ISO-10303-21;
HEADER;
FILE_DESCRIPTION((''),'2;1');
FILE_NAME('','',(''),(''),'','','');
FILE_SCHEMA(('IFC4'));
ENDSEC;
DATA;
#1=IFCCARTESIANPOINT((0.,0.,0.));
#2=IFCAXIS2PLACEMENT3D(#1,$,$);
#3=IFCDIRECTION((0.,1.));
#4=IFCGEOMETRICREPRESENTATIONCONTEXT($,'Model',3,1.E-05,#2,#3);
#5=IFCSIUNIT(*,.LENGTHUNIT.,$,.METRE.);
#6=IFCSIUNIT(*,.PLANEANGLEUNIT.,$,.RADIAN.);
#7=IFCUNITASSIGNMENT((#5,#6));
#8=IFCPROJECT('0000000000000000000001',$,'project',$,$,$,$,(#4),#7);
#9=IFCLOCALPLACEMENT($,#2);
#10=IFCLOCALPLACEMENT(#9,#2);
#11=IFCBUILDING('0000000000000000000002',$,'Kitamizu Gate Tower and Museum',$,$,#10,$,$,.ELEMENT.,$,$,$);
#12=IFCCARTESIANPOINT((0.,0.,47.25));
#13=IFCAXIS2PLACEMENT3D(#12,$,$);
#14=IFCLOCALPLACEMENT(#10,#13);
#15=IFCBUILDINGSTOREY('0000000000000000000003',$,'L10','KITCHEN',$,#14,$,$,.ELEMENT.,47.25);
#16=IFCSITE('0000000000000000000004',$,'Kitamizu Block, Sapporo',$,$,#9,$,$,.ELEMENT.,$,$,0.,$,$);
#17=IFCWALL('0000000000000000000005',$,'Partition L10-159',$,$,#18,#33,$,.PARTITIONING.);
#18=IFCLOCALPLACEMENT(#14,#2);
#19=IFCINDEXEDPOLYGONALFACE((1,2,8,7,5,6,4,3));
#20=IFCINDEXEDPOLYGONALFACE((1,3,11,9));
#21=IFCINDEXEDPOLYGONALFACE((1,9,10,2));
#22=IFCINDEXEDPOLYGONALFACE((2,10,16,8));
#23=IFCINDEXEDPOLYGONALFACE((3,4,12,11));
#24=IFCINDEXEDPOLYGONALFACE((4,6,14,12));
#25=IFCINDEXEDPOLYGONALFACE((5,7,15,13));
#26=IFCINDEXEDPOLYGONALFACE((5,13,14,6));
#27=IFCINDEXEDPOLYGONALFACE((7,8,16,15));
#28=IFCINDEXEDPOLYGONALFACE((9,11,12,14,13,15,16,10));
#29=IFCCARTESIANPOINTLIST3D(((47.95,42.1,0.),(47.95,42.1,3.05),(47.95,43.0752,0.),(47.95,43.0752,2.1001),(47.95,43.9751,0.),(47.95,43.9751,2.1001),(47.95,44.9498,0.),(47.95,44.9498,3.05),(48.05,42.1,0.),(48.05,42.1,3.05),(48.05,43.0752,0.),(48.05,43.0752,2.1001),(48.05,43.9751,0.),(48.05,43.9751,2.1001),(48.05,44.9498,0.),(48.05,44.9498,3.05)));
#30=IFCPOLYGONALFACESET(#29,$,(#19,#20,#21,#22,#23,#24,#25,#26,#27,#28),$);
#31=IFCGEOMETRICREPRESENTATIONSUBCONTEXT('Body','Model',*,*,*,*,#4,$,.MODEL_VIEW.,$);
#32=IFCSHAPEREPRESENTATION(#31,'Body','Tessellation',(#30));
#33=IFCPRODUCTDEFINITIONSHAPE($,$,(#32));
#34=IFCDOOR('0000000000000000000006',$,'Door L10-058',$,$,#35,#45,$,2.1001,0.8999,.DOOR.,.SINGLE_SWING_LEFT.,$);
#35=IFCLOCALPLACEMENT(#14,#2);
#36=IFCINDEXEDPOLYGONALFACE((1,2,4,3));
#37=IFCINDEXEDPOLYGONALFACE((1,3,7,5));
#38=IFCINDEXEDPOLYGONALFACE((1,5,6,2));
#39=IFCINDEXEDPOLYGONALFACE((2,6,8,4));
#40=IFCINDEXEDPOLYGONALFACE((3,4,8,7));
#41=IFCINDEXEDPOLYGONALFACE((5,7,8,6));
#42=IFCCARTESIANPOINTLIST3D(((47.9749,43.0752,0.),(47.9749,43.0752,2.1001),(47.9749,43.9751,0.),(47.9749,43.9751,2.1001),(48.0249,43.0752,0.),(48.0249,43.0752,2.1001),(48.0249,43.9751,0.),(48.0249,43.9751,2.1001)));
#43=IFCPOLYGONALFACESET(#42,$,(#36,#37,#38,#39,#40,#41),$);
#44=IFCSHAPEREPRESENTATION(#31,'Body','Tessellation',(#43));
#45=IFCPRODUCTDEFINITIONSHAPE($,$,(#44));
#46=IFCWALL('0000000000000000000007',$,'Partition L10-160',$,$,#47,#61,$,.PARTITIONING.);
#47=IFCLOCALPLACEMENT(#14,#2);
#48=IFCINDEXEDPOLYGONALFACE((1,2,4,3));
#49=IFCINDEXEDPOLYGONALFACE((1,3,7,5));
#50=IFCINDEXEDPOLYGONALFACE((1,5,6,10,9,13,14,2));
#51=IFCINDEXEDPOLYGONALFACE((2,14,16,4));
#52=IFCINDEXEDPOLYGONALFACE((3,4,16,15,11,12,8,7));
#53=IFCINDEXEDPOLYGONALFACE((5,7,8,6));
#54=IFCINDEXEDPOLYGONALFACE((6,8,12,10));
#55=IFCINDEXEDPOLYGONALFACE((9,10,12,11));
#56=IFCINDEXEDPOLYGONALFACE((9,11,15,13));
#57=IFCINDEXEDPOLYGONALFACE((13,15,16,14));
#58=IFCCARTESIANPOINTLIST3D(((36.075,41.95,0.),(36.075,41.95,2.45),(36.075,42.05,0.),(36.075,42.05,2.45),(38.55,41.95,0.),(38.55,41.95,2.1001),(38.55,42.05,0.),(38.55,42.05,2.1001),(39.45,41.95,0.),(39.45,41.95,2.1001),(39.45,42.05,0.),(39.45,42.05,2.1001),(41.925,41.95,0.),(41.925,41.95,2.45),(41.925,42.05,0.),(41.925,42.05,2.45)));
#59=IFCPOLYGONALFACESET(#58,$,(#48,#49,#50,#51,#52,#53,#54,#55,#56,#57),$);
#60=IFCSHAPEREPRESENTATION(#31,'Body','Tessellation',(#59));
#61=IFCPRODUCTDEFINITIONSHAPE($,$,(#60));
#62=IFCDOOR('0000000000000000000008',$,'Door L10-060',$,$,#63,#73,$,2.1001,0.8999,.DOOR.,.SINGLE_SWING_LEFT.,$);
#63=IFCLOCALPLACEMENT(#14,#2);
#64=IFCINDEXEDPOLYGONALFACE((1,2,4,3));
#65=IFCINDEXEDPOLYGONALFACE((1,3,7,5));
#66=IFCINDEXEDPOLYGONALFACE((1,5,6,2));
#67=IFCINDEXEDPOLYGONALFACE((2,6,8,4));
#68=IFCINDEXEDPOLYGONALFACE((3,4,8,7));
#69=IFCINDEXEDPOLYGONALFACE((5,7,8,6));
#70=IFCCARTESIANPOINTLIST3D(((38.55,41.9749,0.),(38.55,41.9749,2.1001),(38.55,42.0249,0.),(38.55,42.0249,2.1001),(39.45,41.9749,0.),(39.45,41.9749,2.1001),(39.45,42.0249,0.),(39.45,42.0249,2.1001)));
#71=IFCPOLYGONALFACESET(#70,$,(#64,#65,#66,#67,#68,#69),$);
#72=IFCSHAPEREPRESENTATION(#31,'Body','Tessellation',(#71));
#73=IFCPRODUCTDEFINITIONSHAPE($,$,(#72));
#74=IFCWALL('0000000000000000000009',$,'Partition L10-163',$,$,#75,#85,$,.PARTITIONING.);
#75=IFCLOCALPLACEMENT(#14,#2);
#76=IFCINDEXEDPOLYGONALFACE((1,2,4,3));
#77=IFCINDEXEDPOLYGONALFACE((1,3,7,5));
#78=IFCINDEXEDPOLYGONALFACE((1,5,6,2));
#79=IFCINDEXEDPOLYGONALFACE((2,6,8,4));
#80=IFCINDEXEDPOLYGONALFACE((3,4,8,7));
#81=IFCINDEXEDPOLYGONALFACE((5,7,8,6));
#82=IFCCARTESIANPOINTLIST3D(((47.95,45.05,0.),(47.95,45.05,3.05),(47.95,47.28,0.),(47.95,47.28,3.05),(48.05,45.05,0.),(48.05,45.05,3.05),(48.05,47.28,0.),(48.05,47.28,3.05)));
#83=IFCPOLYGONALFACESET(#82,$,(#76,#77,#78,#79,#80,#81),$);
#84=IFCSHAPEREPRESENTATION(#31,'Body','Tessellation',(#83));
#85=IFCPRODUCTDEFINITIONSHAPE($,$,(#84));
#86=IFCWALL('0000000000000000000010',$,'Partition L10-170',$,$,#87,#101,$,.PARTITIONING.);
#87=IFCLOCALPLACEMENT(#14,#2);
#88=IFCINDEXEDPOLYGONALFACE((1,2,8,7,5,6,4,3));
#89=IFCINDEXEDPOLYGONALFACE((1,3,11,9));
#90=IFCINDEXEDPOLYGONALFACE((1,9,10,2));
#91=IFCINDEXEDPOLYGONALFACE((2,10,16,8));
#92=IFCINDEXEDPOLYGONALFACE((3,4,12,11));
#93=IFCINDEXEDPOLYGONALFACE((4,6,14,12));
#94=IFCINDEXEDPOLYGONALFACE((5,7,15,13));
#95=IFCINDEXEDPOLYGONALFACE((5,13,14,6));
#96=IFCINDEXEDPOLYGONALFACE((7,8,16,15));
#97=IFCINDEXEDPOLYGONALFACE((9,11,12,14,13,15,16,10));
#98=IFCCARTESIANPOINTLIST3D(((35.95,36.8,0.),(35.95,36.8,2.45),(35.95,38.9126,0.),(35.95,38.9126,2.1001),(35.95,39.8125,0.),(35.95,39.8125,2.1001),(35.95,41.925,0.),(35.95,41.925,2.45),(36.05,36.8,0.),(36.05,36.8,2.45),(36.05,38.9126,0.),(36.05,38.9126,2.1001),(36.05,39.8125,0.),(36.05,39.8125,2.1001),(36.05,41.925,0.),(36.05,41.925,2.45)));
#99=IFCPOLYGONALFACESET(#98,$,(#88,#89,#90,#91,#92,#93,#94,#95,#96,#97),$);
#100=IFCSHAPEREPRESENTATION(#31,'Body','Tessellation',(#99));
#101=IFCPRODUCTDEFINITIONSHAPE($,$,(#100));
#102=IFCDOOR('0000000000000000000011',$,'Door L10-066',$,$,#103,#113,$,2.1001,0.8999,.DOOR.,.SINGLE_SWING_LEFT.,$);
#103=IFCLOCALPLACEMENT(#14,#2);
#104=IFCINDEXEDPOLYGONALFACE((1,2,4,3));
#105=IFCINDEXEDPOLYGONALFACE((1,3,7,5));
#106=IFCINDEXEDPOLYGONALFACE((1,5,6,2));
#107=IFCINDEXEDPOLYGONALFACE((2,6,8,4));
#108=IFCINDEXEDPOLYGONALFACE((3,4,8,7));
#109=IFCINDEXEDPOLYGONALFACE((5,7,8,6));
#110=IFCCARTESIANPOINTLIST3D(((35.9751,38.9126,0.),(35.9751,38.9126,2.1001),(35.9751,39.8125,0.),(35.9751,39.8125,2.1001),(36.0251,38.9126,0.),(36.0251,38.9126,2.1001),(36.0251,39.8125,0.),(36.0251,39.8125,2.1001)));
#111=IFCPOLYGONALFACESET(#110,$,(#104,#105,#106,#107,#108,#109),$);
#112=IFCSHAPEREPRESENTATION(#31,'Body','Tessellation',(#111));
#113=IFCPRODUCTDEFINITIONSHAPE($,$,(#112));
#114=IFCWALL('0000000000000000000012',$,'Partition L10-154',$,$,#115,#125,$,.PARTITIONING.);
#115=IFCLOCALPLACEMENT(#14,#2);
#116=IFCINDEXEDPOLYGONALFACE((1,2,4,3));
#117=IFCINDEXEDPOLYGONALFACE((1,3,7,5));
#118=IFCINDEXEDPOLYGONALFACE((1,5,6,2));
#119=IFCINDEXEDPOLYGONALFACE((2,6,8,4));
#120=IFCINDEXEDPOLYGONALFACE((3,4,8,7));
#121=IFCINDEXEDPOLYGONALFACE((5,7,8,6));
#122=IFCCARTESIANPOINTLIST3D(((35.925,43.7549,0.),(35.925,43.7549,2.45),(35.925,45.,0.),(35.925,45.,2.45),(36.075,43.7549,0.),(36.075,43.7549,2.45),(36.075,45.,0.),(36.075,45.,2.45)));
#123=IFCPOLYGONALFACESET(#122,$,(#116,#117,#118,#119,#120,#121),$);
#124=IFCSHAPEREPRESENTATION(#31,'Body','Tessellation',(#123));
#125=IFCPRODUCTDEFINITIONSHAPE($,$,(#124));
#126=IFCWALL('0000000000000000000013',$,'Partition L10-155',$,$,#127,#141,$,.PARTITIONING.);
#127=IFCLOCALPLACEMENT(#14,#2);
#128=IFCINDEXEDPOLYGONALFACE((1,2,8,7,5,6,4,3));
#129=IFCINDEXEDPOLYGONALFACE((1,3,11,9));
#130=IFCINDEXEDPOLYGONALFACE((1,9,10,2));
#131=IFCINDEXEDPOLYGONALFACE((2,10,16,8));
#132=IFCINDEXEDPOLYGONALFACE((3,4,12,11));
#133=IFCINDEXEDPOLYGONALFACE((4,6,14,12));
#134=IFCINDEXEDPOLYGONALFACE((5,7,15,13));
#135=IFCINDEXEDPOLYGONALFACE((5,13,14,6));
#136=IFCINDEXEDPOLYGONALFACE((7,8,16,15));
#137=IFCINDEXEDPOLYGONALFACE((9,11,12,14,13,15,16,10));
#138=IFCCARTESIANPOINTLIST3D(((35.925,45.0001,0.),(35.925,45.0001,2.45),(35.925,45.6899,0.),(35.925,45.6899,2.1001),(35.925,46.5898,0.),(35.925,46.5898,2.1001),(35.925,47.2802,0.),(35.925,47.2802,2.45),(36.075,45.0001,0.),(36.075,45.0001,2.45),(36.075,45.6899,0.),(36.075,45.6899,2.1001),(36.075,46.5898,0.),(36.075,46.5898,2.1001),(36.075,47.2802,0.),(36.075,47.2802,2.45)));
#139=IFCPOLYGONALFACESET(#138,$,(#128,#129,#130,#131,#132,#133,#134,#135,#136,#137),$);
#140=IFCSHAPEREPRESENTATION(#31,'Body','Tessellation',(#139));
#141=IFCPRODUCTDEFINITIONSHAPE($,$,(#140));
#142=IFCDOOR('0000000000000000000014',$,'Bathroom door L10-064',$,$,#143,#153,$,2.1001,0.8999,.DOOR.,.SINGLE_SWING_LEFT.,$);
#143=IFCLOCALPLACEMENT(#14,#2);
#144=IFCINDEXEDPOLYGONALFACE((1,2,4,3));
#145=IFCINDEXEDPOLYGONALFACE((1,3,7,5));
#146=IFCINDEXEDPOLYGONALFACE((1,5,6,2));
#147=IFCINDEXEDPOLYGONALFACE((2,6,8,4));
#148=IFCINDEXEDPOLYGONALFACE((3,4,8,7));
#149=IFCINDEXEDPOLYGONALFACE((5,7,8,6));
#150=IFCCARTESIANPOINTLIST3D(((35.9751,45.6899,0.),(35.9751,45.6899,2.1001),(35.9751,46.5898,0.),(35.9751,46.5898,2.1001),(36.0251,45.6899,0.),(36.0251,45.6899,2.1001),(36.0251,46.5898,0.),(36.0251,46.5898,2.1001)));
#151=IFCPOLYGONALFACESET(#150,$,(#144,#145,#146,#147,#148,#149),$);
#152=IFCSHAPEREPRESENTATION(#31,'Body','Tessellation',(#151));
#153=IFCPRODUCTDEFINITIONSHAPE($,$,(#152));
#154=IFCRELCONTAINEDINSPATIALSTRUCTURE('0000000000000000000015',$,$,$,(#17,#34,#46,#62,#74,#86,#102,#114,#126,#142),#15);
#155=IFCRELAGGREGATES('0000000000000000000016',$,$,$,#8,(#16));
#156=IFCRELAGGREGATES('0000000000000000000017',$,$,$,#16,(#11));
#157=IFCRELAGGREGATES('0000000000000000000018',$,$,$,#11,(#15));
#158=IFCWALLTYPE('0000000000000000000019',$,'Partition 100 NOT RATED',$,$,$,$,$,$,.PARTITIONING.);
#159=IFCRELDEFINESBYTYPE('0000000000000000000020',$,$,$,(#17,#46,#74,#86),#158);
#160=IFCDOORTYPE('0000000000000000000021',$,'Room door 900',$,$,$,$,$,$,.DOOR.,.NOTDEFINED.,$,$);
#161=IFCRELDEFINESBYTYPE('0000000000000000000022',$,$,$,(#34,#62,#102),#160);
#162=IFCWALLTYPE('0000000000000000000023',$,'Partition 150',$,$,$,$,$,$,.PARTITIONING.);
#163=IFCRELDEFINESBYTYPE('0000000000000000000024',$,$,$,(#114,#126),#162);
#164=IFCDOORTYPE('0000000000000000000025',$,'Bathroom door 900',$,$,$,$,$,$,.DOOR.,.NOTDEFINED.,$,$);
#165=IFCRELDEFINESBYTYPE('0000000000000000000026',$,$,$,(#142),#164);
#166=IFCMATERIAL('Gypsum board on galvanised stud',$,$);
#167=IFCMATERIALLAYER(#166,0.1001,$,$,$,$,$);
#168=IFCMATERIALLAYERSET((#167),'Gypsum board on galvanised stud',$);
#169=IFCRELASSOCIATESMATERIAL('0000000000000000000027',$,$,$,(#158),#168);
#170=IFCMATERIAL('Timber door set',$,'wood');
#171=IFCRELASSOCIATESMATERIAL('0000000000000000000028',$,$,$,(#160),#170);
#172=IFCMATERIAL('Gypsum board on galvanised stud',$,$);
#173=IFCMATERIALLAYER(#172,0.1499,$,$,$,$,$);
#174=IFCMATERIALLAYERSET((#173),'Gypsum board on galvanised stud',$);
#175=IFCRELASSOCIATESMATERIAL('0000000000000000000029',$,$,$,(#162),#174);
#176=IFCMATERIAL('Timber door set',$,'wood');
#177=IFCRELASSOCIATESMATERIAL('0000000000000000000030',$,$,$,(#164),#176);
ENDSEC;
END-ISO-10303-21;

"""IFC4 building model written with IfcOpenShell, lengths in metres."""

from ifc_helpers import new_model, si_unit, direction, frame, frame_2d, origin, place, context, subcontext, project, spatial, rectangle, extrude, material, layer, layer_set, type_object, element, fill, save


model = new_model("IFC4")

# Units and contexts
model_context = context("Model", 3, precision=1e-05, world=origin(), true_north=direction((0.0, 1.0)))
body_context = subcontext(model_context, "Body", "Model", "MODEL_VIEW")
ifc_project = project(units=[si_unit("LENGTHUNIT", "METRE"), si_unit("PLANEANGLEUNIT", "RADIAN")], contexts=[model_context])

# Site, building, storey
site_placement = place(None, origin())
site = spatial("IfcSite", under=ifc_project, at=site_placement, Name="Kitamizu Block, Sapporo", CompositionType="ELEMENT", RefElevation=0.0)
building_placement = place(site_placement, origin())
building = spatial("IfcBuilding", under=site, at=building_placement, Name="Kitamizu Gate Tower and Museum", CompositionType="ELEMENT")
storey_placement = place(building_placement, frame((0.0, 0.0, 47.25)))
storey = spatial("IfcBuildingStorey", under=building, at=storey_placement, Name="L10", Description="KITCHEN", CompositionType="ELEMENT", Elevation=47.25)

# Walls, openings, doors
ifc_material_1 = material(Name="Gypsum board on galvanised stud")
ifc_layer_1 = layer(ifc_material_1, 0.1001)
ifc_layer_set_1 = layer_set([ifc_layer_1], Name="Gypsum board on galvanised stud")
wall_type_1 = type_object("IfcWallType", Name="Partition 100 NOT RATED", PredefinedType="PARTITIONING", material=ifc_layer_set_1)
ifc_material_2 = material(Name="Timber door set", Category="wood")
door_type_1 = type_object("IfcDoorType", Name="Room door 900", OperationType="NOTDEFINED", PredefinedType="DOOR", material=ifc_material_2)
wall_1_placement = place(storey_placement, frame((48.0, 42.1001, 0.0), z_axis=(0.0, 0.0, 1.0), x_axis=(0.0, 1.0, 0.0)))
wall_1 = element("IfcWall", 1, at=wall_1_placement, inside=storey, type_object=wall_type_1, Name="Partition L10-159", PredefinedType="PARTITIONING", context=body_context, shape_type="SweptSolid", body=[
    extrude(rectangle(XDim=2.8499, YDim=0.1001, at=frame_2d((1.4248, 0.0))), origin(), (0.0, 0.0, 1.0), 3.05),
])
opening_1_placement = place(wall_1_placement, frame((0.9751, 0.0, 0.0)))
opening_1 = element("IfcOpeningElement", 2, at=opening_1_placement, cuts=wall_1, PredefinedType="OPENING", context=body_context, shape_type="SweptSolid", body=[
    extrude(rectangle(XDim=0.8999, YDim=2.1001, at=frame_2d((0.45, 1.05))), frame((0.0, 0.0601, 0.0), z_axis=(0.0, -1.0, 0.0), x_axis=(1.0, 0.0, 0.0)), (0.0, 0.0, 1.0), 0.1201),
])
door_1_placement = place(opening_1_placement, frame((0.8999, 0.0, 0.0), x_axis=(-1.0, 0.0, 0.0)))
door_1 = element("IfcDoor", 3, at=door_1_placement, inside=storey, type_object=door_type_1, Name="Door L10-058", OperationType="SINGLE_SWING_LEFT", OverallHeight=2.1001, OverallWidth=0.8999, PredefinedType="DOOR", context=body_context, shape_type="SweptSolid", body=[
    extrude(rectangle(XDim=0.8999, YDim=2.1001, at=frame_2d((0.45, 1.05))), frame((0.0, 0.0249, 0.0), z_axis=(0.0, -1.0, 0.0), x_axis=(1.0, 0.0, 0.0)), (0.0, 0.0, 1.0), 0.05),
])
fill(opening_1, door_1)
wall_2_placement = place(storey_placement, frame((36.075, 42.0, 0.0), z_axis=(0.0, 0.0, 1.0), x_axis=(1.0, 0.0, 0.0)))
wall_2 = element("IfcWall", 4, at=wall_2_placement, inside=storey, type_object=wall_type_1, Name="Partition L10-160", PredefinedType="PARTITIONING", context=body_context, shape_type="SweptSolid", body=[
    extrude(rectangle(XDim=5.8501, YDim=0.1001, at=frame_2d((2.925, 0.0))), origin(), (0.0, 0.0, 1.0), 2.45),
])
opening_2_placement = place(wall_2_placement, frame((2.4751, 0.0, 0.0)))
opening_2 = element("IfcOpeningElement", 5, at=opening_2_placement, cuts=wall_2, PredefinedType="OPENING", context=body_context, shape_type="SweptSolid", body=[
    extrude(rectangle(XDim=0.8999, YDim=2.1001, at=frame_2d((0.45, 1.05))), frame((0.0, 0.0601, 0.0), z_axis=(0.0, -1.0, 0.0), x_axis=(1.0, 0.0, 0.0)), (0.0, 0.0, 1.0), 0.1201),
])
door_2_placement = place(opening_2_placement, origin())
door_2 = element("IfcDoor", 6, at=door_2_placement, inside=storey, type_object=door_type_1, Name="Door L10-060", OperationType="SINGLE_SWING_LEFT", OverallHeight=2.1001, OverallWidth=0.8999, PredefinedType="DOOR", context=body_context, shape_type="SweptSolid", body=[
    extrude(rectangle(XDim=0.8999, YDim=2.1001, at=frame_2d((0.45, 1.05))), frame((0.0, 0.0249, 0.0), z_axis=(0.0, -1.0, 0.0), x_axis=(1.0, 0.0, 0.0)), (0.0, 0.0, 1.0), 0.05),
])
fill(opening_2, door_2)

# Wall
wall_3_placement = place(storey_placement, frame((48.0, 45.05, 0.0), z_axis=(0.0, 0.0, 1.0), x_axis=(0.0, 1.0, 0.0)))
element("IfcWall", 7, at=wall_3_placement, inside=storey, type_object=wall_type_1, Name="Partition L10-163", PredefinedType="PARTITIONING", context=body_context, shape_type="SweptSolid", body=[
    extrude(rectangle(XDim=2.23, YDim=0.1001, at=frame_2d((1.115, 0.0))), origin(), (0.0, 0.0, 1.0), 3.05),
])

# Wall, opening, door
wall_4_placement = place(storey_placement, frame((36.0, 36.8, 0.0), z_axis=(0.0, 0.0, 1.0), x_axis=(0.0, 1.0, 0.0)))
wall_4 = element("IfcWall", 8, at=wall_4_placement, inside=storey, type_object=wall_type_1, Name="Partition L10-170", PredefinedType="PARTITIONING", context=body_context, shape_type="SweptSolid", body=[
    extrude(rectangle(XDim=5.125, YDim=0.1001, at=frame_2d((2.5625, 0.0))), origin(), (0.0, 0.0, 1.0), 2.45),
])
opening_3_placement = place(wall_4_placement, frame((2.1125, 0.0, 0.0)))
opening_3 = element("IfcOpeningElement", 9, at=opening_3_placement, cuts=wall_4, PredefinedType="OPENING", context=body_context, shape_type="SweptSolid", body=[
    extrude(rectangle(XDim=0.8999, YDim=2.1001, at=frame_2d((0.45, 1.05))), frame((0.0, 0.0601, 0.0), z_axis=(0.0, -1.0, 0.0), x_axis=(1.0, 0.0, 0.0)), (0.0, 0.0, 1.0), 0.1201),
])
door_3_placement = place(opening_3_placement, origin())
door_3 = element("IfcDoor", 10, at=door_3_placement, inside=storey, type_object=door_type_1, Name="Door L10-066", OperationType="SINGLE_SWING_LEFT", OverallHeight=2.1001, OverallWidth=0.8999, PredefinedType="DOOR", context=body_context, shape_type="SweptSolid", body=[
    extrude(rectangle(XDim=0.8999, YDim=2.1001, at=frame_2d((0.45, 1.05))), frame((0.0, 0.0249, 0.0), z_axis=(0.0, -1.0, 0.0), x_axis=(1.0, 0.0, 0.0)), (0.0, 0.0, 1.0), 0.05),
])
fill(opening_3, door_3)

# Wall
ifc_material_3 = material(Name="Gypsum board on galvanised stud")
ifc_layer_2 = layer(ifc_material_3, 0.1499)
ifc_layer_set_2 = layer_set([ifc_layer_2], Name="Gypsum board on galvanised stud")
wall_type_2 = type_object("IfcWallType", Name="Partition 150", PredefinedType="PARTITIONING", material=ifc_layer_set_2)
wall_5_placement = place(storey_placement, frame((36.0, 43.7549, 0.0), z_axis=(0.0, 0.0, 1.0), x_axis=(0.0, 1.0, 0.0)))
element("IfcWall", 11, at=wall_5_placement, inside=storey, type_object=wall_type_2, Name="Partition L10-154", PredefinedType="PARTITIONING", context=body_context, shape_type="SweptSolid", body=[
    extrude(rectangle(XDim=1.2451, YDim=0.1499, at=frame_2d((0.6226, 0.0))), origin(), (0.0, 0.0, 1.0), 2.45),
])

# Wall, opening, door
wall_6_placement = place(storey_placement, frame((36.0, 45.0, 0.0), z_axis=(0.0, 0.0, 1.0), x_axis=(0.0, 1.0, 0.0)))
wall_6 = element("IfcWall", 12, at=wall_6_placement, inside=storey, type_object=wall_type_2, Name="Partition L10-155", PredefinedType="PARTITIONING", context=body_context, shape_type="SweptSolid", body=[
    extrude(rectangle(XDim=2.28, YDim=0.1499, at=frame_2d((1.1401, 0.0))), origin(), (0.0, 0.0, 1.0), 2.45),
])
opening_4_placement = place(wall_6_placement, frame((0.6899, 0.0, 0.0)))
opening_4 = element("IfcOpeningElement", 13, at=opening_4_placement, cuts=wall_6, PredefinedType="OPENING", context=body_context, shape_type="SweptSolid", body=[
    extrude(rectangle(XDim=0.8999, YDim=2.1001, at=frame_2d((0.45, 1.05))), frame((0.0, 0.085, 0.0), z_axis=(0.0, -1.0, 0.0), x_axis=(1.0, 0.0, 0.0)), (0.0, 0.0, 1.0), 0.1699),
])
ifc_material_4 = material(Name="Timber door set", Category="wood")
door_type_2 = type_object("IfcDoorType", Name="Bathroom door 900", OperationType="NOTDEFINED", PredefinedType="DOOR", material=ifc_material_4)
door_4_placement = place(opening_4_placement, origin())
door_4 = element("IfcDoor", 14, at=door_4_placement, inside=storey, type_object=door_type_2, Name="Bathroom door L10-064", OperationType="SINGLE_SWING_LEFT", OverallHeight=2.1001, OverallWidth=0.8999, PredefinedType="DOOR", context=body_context, shape_type="SweptSolid", body=[
    extrude(rectangle(XDim=0.8999, YDim=2.1001, at=frame_2d((0.45, 1.05))), frame((0.0, 0.0249, 0.0), z_axis=(0.0, -1.0, 0.0), x_axis=(1.0, 0.0, 0.0)), (0.0, 0.0, 1.0), 0.05),
])
fill(opening_4, door_4)

save(model, "model.ifc")
